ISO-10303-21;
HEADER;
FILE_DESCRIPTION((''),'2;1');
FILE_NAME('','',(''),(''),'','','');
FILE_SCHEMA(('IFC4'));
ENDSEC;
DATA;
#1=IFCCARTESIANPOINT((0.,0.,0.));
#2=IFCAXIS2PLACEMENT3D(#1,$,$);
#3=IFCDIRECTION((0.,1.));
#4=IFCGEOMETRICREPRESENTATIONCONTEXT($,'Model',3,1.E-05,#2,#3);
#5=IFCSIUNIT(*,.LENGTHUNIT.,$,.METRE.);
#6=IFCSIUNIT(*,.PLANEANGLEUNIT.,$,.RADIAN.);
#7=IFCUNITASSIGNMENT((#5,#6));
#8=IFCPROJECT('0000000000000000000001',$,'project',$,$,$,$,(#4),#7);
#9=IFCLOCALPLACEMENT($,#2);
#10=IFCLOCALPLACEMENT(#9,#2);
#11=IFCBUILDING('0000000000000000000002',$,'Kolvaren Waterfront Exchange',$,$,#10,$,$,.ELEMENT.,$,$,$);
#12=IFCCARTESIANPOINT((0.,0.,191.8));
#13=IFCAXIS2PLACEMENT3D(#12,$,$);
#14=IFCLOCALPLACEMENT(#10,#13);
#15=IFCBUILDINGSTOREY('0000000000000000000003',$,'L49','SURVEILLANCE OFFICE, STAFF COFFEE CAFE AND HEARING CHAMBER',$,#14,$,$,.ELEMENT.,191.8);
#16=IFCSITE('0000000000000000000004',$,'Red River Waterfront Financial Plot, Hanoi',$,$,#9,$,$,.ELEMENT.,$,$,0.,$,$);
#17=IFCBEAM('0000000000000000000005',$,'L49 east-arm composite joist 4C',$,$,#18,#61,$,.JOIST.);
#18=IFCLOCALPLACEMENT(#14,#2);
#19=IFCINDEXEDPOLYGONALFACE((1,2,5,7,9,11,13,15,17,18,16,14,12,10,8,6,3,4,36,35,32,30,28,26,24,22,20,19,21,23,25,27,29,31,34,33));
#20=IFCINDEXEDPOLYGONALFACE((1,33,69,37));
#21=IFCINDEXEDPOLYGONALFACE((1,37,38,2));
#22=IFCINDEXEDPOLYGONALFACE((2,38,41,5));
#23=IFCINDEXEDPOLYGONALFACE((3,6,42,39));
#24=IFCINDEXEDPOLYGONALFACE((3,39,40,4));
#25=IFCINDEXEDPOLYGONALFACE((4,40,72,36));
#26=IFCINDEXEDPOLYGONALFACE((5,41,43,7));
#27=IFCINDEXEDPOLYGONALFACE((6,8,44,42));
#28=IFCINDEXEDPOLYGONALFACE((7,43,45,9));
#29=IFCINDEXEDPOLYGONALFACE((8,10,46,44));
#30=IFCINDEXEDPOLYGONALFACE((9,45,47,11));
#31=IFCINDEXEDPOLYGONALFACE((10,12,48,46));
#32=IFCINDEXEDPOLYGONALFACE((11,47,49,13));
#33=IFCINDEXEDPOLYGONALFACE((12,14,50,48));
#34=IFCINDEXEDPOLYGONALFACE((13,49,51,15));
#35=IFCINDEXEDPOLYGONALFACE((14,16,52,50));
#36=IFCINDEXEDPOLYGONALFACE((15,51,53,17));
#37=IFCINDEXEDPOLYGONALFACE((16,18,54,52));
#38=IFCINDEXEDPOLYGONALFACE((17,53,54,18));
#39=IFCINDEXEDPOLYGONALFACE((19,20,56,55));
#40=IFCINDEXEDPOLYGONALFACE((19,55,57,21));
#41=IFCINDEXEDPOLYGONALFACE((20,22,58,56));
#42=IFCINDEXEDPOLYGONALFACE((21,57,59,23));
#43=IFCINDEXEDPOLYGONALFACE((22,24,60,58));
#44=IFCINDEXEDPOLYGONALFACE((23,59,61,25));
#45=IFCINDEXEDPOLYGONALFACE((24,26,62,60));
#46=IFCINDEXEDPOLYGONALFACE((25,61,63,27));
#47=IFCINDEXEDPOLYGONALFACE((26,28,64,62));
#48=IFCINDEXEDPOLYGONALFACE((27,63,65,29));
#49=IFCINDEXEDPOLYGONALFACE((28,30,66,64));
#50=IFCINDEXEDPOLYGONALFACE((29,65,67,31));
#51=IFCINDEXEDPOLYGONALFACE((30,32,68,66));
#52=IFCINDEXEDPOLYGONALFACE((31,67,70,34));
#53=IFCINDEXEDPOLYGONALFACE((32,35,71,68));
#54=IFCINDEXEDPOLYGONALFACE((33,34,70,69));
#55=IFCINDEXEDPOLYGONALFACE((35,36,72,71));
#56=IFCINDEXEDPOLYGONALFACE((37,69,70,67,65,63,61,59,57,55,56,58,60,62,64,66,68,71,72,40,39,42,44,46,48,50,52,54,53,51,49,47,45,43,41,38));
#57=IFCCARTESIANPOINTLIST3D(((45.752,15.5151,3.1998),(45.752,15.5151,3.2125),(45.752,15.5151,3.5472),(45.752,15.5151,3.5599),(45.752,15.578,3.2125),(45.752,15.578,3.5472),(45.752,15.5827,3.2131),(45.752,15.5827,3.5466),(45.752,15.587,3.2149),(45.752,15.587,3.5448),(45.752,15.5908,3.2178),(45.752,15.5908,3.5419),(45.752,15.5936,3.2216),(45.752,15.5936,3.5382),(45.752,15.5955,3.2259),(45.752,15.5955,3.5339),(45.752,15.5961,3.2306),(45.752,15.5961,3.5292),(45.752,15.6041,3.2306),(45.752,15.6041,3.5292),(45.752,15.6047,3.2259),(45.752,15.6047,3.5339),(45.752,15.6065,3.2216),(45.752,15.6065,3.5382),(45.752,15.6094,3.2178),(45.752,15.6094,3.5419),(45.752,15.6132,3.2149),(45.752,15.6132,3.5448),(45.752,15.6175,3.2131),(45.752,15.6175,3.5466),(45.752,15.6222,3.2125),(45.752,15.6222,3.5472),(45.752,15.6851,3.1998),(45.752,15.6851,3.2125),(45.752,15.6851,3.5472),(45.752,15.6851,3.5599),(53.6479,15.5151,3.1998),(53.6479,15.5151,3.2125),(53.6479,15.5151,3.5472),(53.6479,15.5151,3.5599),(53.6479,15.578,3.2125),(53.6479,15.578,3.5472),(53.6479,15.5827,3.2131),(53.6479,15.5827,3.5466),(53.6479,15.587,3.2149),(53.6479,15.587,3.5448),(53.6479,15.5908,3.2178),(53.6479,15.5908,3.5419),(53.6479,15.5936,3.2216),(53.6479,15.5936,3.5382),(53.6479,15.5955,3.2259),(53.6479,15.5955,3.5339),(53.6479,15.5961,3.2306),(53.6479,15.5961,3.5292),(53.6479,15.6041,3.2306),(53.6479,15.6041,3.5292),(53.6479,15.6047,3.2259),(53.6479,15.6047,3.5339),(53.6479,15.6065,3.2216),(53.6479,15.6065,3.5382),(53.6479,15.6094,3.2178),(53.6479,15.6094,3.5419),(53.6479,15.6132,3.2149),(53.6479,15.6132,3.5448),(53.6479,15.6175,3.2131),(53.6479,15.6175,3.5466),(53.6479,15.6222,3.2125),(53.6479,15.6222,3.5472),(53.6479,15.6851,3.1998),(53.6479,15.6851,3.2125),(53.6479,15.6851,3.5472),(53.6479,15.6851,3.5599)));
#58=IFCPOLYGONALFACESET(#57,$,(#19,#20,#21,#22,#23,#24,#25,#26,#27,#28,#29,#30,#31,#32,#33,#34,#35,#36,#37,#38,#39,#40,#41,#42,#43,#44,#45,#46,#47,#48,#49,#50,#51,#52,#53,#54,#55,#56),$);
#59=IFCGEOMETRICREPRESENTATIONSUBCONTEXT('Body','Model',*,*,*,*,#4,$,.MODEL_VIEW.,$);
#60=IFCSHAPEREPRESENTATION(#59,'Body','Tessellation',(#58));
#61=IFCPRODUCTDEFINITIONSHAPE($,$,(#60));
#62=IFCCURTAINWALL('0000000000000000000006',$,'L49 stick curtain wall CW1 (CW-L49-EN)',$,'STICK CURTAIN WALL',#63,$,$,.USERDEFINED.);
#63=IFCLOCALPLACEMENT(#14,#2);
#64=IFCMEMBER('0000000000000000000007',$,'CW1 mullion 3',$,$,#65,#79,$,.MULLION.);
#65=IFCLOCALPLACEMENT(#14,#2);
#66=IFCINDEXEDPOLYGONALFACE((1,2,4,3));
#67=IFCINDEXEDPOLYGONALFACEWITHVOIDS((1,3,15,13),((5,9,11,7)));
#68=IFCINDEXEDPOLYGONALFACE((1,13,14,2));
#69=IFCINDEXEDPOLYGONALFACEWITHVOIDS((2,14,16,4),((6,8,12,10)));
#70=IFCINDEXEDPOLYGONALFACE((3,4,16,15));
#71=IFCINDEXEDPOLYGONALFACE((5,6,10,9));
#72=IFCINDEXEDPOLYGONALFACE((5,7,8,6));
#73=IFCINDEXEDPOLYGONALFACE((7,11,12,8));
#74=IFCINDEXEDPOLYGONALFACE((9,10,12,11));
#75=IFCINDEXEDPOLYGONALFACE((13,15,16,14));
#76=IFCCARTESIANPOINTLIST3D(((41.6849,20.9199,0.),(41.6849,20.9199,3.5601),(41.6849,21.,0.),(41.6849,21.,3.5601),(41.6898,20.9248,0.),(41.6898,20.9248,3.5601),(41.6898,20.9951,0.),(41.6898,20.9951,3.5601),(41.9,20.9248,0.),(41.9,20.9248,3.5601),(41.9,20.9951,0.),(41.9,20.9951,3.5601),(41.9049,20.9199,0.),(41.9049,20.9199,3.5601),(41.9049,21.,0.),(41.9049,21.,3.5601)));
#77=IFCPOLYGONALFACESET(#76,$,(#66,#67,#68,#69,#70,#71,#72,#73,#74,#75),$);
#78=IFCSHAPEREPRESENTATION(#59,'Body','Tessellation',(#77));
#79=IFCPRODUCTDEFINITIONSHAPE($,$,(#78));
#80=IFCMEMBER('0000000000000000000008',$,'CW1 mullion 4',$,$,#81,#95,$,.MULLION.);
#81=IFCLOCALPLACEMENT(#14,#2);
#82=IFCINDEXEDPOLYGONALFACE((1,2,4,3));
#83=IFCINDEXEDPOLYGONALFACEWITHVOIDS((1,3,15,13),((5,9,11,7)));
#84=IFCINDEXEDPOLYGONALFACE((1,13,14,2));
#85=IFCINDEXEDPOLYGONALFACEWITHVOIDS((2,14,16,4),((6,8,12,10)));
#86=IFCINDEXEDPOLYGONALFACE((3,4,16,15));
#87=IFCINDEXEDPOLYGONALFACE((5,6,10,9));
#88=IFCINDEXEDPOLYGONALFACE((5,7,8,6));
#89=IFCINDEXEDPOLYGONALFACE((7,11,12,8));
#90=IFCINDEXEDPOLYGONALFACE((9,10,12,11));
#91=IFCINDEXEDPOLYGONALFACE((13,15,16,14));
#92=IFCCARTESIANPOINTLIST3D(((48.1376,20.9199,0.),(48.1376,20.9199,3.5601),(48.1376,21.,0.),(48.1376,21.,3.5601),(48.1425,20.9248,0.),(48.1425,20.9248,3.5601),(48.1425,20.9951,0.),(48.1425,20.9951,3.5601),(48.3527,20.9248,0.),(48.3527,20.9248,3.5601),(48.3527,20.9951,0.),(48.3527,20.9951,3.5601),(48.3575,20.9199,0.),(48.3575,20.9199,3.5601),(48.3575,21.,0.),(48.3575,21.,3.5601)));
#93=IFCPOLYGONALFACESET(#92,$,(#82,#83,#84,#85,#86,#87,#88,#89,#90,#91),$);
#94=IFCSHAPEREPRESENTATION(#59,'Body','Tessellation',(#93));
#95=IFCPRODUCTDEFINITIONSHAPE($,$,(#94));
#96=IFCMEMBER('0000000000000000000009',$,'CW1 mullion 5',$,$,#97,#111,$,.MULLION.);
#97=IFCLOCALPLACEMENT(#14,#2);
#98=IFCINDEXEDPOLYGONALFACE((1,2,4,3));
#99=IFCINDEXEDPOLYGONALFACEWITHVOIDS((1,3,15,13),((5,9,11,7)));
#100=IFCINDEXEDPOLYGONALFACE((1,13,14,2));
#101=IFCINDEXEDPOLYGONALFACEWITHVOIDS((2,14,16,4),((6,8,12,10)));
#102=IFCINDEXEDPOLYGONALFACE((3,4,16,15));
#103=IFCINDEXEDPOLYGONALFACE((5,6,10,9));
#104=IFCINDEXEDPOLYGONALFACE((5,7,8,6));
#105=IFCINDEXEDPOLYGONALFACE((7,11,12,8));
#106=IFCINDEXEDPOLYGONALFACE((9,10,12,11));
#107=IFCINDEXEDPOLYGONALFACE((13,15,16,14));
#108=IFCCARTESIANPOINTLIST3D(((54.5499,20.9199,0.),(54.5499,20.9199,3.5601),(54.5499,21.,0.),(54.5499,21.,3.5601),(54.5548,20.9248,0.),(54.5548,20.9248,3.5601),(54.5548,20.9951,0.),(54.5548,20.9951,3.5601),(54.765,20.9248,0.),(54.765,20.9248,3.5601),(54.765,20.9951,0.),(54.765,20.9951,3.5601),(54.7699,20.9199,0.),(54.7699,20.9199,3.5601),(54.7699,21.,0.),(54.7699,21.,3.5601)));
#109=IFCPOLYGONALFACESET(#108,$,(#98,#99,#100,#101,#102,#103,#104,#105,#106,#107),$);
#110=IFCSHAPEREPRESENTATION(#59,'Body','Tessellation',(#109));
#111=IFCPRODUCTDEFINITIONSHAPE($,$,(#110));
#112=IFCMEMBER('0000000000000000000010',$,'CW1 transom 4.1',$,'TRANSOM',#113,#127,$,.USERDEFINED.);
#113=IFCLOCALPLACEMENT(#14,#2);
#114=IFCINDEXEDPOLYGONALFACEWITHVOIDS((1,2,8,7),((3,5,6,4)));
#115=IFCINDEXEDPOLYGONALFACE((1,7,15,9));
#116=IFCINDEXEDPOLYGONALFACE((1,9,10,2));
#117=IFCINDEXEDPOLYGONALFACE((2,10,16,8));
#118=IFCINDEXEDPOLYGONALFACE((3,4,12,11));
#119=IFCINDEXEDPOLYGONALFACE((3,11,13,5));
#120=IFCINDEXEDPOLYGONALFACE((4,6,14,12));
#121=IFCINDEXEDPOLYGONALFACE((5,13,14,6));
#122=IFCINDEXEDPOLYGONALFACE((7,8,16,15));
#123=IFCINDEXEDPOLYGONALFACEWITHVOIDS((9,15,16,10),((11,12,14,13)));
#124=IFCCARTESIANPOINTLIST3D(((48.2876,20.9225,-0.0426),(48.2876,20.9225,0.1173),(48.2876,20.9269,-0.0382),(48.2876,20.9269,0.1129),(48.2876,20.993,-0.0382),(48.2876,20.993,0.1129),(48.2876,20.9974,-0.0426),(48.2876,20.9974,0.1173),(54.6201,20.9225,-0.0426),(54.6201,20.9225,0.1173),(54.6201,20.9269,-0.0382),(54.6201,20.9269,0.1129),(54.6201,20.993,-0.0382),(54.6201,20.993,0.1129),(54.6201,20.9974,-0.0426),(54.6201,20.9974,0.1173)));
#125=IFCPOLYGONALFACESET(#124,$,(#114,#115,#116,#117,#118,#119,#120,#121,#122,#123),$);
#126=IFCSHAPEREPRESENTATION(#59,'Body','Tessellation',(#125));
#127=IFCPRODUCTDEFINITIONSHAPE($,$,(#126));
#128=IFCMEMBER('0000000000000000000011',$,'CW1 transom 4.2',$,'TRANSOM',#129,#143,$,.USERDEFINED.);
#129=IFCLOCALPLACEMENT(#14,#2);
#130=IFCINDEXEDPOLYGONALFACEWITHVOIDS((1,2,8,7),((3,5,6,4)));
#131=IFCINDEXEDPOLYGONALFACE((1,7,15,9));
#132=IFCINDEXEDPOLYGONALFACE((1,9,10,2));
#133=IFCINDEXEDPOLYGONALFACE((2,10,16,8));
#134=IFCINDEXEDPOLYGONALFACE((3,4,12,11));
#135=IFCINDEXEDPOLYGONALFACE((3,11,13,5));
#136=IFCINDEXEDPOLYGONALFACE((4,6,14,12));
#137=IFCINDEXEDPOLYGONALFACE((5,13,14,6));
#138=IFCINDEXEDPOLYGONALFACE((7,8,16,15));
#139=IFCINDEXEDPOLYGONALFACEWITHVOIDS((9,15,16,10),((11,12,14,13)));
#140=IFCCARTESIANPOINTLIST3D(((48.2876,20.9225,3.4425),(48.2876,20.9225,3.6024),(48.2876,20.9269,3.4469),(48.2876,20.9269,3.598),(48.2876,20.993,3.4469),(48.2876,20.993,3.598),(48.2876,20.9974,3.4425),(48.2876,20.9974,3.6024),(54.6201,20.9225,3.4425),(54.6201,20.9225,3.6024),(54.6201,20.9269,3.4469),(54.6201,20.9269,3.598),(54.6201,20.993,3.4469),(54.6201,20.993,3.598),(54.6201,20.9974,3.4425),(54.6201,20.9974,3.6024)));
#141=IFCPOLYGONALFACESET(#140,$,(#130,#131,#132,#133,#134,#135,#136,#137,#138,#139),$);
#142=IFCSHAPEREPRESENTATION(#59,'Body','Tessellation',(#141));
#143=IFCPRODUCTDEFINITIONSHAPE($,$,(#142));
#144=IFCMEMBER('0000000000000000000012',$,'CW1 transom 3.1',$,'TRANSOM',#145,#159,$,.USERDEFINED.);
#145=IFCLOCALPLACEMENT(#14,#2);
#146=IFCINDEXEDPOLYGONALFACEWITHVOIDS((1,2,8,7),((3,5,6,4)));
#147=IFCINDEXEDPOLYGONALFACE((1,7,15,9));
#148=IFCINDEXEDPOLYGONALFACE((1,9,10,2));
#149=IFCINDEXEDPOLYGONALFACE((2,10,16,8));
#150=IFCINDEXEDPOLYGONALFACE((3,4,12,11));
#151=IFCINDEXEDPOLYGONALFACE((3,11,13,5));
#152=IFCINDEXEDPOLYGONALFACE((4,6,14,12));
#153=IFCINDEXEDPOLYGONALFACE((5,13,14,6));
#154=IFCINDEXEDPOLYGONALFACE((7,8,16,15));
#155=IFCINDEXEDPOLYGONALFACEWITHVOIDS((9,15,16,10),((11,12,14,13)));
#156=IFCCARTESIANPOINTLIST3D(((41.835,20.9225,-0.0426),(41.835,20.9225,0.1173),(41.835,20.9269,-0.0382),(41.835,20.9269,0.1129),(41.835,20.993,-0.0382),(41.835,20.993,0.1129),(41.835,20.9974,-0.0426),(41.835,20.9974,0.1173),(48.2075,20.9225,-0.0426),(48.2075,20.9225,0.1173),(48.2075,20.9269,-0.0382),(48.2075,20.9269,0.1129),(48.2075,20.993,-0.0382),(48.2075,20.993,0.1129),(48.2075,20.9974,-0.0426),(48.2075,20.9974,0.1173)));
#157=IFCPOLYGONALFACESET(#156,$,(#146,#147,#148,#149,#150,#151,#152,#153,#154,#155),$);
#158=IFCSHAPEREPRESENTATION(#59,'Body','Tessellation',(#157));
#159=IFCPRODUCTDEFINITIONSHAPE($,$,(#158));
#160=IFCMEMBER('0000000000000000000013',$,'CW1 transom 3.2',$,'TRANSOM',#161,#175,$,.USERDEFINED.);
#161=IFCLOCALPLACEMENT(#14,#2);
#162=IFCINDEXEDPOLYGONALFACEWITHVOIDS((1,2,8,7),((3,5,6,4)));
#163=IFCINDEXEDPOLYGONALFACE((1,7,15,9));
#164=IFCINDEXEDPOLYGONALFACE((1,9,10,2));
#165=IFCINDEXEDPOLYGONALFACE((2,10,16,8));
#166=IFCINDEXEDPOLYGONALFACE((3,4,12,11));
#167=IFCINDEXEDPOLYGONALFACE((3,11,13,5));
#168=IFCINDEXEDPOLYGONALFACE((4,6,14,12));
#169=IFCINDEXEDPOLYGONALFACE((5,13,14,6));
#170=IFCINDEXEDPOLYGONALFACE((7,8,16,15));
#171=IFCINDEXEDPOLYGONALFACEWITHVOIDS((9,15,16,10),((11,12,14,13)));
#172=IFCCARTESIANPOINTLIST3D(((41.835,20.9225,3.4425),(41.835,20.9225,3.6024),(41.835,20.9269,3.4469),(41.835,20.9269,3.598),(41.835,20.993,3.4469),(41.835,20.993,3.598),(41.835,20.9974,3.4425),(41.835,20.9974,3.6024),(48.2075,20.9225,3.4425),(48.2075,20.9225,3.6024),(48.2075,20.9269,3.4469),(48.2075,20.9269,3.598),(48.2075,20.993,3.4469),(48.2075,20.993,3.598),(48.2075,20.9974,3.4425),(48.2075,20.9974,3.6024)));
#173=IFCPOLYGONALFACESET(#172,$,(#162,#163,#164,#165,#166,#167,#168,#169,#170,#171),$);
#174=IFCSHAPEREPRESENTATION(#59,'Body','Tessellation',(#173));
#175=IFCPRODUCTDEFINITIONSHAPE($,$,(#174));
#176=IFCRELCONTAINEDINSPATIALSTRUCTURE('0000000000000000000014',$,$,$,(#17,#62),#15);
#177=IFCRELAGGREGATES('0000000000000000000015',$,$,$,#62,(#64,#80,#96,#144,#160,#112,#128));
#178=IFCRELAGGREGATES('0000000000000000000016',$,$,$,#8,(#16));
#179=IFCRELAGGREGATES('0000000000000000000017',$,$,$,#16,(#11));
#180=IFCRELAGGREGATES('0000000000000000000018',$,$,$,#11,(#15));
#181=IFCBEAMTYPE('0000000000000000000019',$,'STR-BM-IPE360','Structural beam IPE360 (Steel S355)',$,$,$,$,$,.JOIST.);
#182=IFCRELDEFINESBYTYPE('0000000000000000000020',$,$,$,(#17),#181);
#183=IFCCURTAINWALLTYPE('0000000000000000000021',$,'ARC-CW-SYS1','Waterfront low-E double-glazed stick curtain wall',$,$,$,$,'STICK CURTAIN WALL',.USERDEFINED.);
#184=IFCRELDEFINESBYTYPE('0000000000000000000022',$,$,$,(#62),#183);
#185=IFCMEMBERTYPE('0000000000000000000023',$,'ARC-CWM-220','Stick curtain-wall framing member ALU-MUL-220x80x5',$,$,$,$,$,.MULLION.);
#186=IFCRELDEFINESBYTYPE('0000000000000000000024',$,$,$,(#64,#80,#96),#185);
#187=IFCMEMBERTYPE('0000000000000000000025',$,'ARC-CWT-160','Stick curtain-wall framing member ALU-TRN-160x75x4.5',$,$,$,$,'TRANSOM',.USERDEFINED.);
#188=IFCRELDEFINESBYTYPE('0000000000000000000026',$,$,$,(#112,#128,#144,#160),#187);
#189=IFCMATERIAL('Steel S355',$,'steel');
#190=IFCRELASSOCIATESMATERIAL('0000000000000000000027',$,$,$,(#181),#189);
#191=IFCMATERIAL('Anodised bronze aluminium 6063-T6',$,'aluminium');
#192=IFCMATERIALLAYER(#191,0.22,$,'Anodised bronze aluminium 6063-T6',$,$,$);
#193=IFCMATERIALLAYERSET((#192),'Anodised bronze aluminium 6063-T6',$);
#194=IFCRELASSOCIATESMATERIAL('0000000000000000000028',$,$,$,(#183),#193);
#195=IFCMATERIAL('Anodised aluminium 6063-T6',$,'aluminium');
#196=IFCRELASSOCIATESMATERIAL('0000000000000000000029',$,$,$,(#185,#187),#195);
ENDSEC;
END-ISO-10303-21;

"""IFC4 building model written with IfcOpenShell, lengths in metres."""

from ifc_helpers import new_model, si_unit, direction, frame, origin, origin_with_axes, origin_2d, place, context, subcontext, project, spatial, hollow_rectangle, i_section, extrude, source, transform, mapped, material, layer, layer_set, material_profile, profile_set, type_object, element, aggregate, save


model = new_model("IFC4")

# Units and contexts
model_context = context("Model", 3, precision=1e-05, world=origin(), true_north=direction((0.0, 1.0)))
body_context = subcontext(model_context, "Body", "Model", "MODEL_VIEW")
ifc_project = project(units=[si_unit("LENGTHUNIT", "METRE"), si_unit("PLANEANGLEUNIT", "RADIAN")], contexts=[model_context])

# Site, building, storey
site_placement = place(None, origin())
site = spatial("IfcSite", under=ifc_project, at=site_placement, Name="Red River Waterfront Financial Plot, Hanoi", CompositionType="ELEMENT", RefElevation=0.0)
building_placement = place(site_placement, origin())
building = spatial("IfcBuilding", under=site, at=building_placement, Name="Kolvaren Waterfront Exchange", CompositionType="ELEMENT")
storey_placement = place(building_placement, frame((0.0, 0.0, 191.8)))
storey = spatial("IfcBuildingStorey", under=building, at=storey_placement, Name="L49", Description="SURVEILLANCE OFFICE, STAFF COFFEE CAFE AND HEARING CHAMBER", CompositionType="ELEMENT", Elevation=191.8)

# Beam
ifc_material_1 = material(Name="Steel S355", Category="steel")
ifc_material_profile_1 = material_profile(ifc_material_1, i_section(OverallWidth=0.1699, OverallDepth=0.3601, WebThickness=0.0081, FlangeThickness=0.0127, FilletRadius=0.0181, at=origin_2d()), Name="IPE360")
ifc_profile_set_1 = profile_set([ifc_material_profile_1], Name="Steel S355")
beam_type_1 = type_object("IfcBeamType", Name="STR-BM-IPE360", Description="Structural beam IPE360 (Steel S355)", PredefinedType="JOIST", material=ifc_profile_set_1)
for number, where, z_axis, x_axis, name in (
    (1, (45.752, 15.6001, 3.3799), (1.0, 0.0, 0.0), (0.0, 1.0, 0.0), "L49 east-arm composite joist 4C"),
):
    element("IfcBeam", number, at=place(storey_placement, frame(where, z_axis=z_axis, x_axis=x_axis)), inside=storey, type_object=beam_type_1, Name=name, PredefinedType="JOIST", context=body_context, shape_type="SweptSolid", body=[
        extrude(i_section(OverallWidth=0.1699, OverallDepth=0.3601, WebThickness=0.0081, FlangeThickness=0.0127, FilletRadius=0.0181, at=origin_2d()), origin(), (0.0, 0.0, 1.0), 7.896),
    ])

# Curtain wall, members
ifc_material_2 = material(Name="Anodised bronze aluminium 6063-T6", Category="aluminium")
ifc_layer_1 = layer(ifc_material_2, 0.22, Name="Anodised bronze aluminium 6063-T6")
ifc_layer_set_1 = layer_set([ifc_layer_1], Name="Anodised bronze aluminium 6063-T6")
curtain_wall_type = type_object("IfcCurtainWallType", Name="ARC-CW-SYS1", Description="Waterfront low-E double-glazed stick curtain wall", ElementType="STICK CURTAIN WALL", PredefinedType="USERDEFINED", material=ifc_layer_set_1)
curtain_wall_placement = place(storey_placement, origin())
curtain_wall = element("IfcCurtainWall", 2, at=curtain_wall_placement, inside=storey, type_object=curtain_wall_type, Name="L49 stick curtain wall CW1 (CW-L49-EN)", ObjectType="STICK CURTAIN WALL", PredefinedType="USERDEFINED")
ifc_material_3 = material(Name="Anodised aluminium 6063-T6", Category="aluminium")
ifc_material_profile_2 = material_profile(ifc_material_3, hollow_rectangle(XDim=0.0801, YDim=0.22, WallThickness=0.0049, at=origin_2d()), Name="ALU-MUL-220x80x5")
ifc_profile_set_2 = profile_set([ifc_material_profile_2], Name="Anodised aluminium 6063-T6")
member_type_1 = type_object("IfcMemberType", Name="ARC-CWM-220", Description="Stick curtain-wall framing member ALU-MUL-220x80x5", PredefinedType="MULLION", material=ifc_profile_set_2)
shared_shape_1 = source(origin_with_axes(), body_context, "Body", "SweptSolid", [
    extrude(hollow_rectangle(XDim=0.0801, YDim=0.22, WallThickness=0.0049, at=origin_2d()), origin(), (0.0, 0.0, 1.0), 3.5601),
])
member_1_placement = place(storey_placement, frame((41.7949, 20.96, 0.0), z_axis=(0.0, 0.0, 1.0), x_axis=(0.0, 1.0, 0.0)))
member_1 = element("IfcMember", 3, at=member_1_placement, type_object=member_type_1, Name="CW1 mullion 3", PredefinedType="MULLION", context=body_context, shape_type="MappedRepresentation", body=[
    mapped(shared_shape_1, transform((0.0, 0.0, 0.0), x_axis=(1.0, 0.0, 0.0), y_axis=(0.0, 1.0, 0.0), z_axis=(0.0, 0.0, 1.0), scale=1.0)),
])
member_2_placement = place(storey_placement, frame((48.2476, 20.96, 0.0), z_axis=(0.0, 0.0, 1.0), x_axis=(0.0, 1.0, 0.0)))
member_2 = element("IfcMember", 4, at=member_2_placement, type_object=member_type_1, Name="CW1 mullion 4", PredefinedType="MULLION", context=body_context, shape_type="MappedRepresentation", body=[
    mapped(shared_shape_1, transform((0.0, 0.0, 0.0), x_axis=(1.0, 0.0, 0.0), y_axis=(0.0, 1.0, 0.0), z_axis=(0.0, 0.0, 1.0), scale=1.0)),
])
member_3_placement = place(storey_placement, frame((54.6599, 20.96, 0.0), z_axis=(0.0, 0.0, 1.0), x_axis=(0.0, 1.0, 0.0)))
member_3 = element("IfcMember", 5, at=member_3_placement, type_object=member_type_1, Name="CW1 mullion 5", PredefinedType="MULLION", context=body_context, shape_type="MappedRepresentation", body=[
    mapped(shared_shape_1, transform((0.0, 0.0, 0.0), x_axis=(1.0, 0.0, 0.0), y_axis=(0.0, 1.0, 0.0), z_axis=(0.0, 0.0, 1.0), scale=1.0)),
])
ifc_material_profile_3 = material_profile(ifc_material_3, hollow_rectangle(XDim=0.075, YDim=0.1599, WallThickness=0.0044, at=origin_2d()), Name="ALU-TRN-160x75x4.5")
ifc_profile_set_3 = profile_set([ifc_material_profile_3], Name="Anodised aluminium 6063-T6")
member_type_2 = type_object("IfcMemberType", Name="ARC-CWT-160", Description="Stick curtain-wall framing member ALU-TRN-160x75x4.5", ElementType="TRANSOM", PredefinedType="USERDEFINED", material=ifc_profile_set_3)
shared_shape_2 = source(origin_with_axes(), body_context, "Body", "SweptSolid", [
    extrude(hollow_rectangle(XDim=0.075, YDim=0.1599, WallThickness=0.0044, at=origin_2d()), origin(), (0.0, 0.0, 1.0), 6.3325),
])
member_4_placement = place(storey_placement, frame((48.2876, 20.96, 0.0374), z_axis=(1.0, 0.0, 0.0), x_axis=(0.0, 1.0, 0.0)))
member_4 = element("IfcMember", 6, at=member_4_placement, type_object=member_type_2, Name="CW1 transom 4.1", ObjectType="TRANSOM", PredefinedType="USERDEFINED", context=body_context, shape_type="MappedRepresentation", body=[
    mapped(shared_shape_2, transform((0.0, 0.0, 0.0), x_axis=(1.0, 0.0, 0.0), y_axis=(0.0, 1.0, 0.0), z_axis=(0.0, 0.0, 1.0), scale=1.0)),
])
member_5_placement = place(storey_placement, frame((48.2876, 20.96, 3.5225), z_axis=(1.0, 0.0, 0.0), x_axis=(0.0, 1.0, 0.0)))
member_5 = element("IfcMember", 7, at=member_5_placement, type_object=member_type_2, Name="CW1 transom 4.2", ObjectType="TRANSOM", PredefinedType="USERDEFINED", context=body_context, shape_type="MappedRepresentation", body=[
    mapped(shared_shape_2, transform((0.0, 0.0, 0.0), x_axis=(1.0, 0.0, 0.0), y_axis=(0.0, 1.0, 0.0), z_axis=(0.0, 0.0, 1.0), scale=1.0)),
])
shared_shape_3 = source(origin_with_axes(), body_context, "Body", "SweptSolid", [
    extrude(hollow_rectangle(XDim=0.075, YDim=0.1599, WallThickness=0.0044, at=origin_2d()), origin(), (0.0, 0.0, 1.0), 6.3726),
])
member_6_placement = place(storey_placement, frame((41.835, 20.96, 0.0374), z_axis=(1.0, 0.0, 0.0), x_axis=(0.0, 1.0, 0.0)))
member_6 = element("IfcMember", 8, at=member_6_placement, type_object=member_type_2, Name="CW1 transom 3.1", ObjectType="TRANSOM", PredefinedType="USERDEFINED", context=body_context, shape_type="MappedRepresentation", body=[
    mapped(shared_shape_3, transform((0.0, 0.0, 0.0), x_axis=(1.0, 0.0, 0.0), y_axis=(0.0, 1.0, 0.0), z_axis=(0.0, 0.0, 1.0), scale=1.0)),
])
member_7_placement = place(storey_placement, frame((41.835, 20.96, 3.5225), z_axis=(1.0, 0.0, 0.0), x_axis=(0.0, 1.0, 0.0)))
member_7 = element("IfcMember", 9, at=member_7_placement, type_object=member_type_2, Name="CW1 transom 3.2", ObjectType="TRANSOM", PredefinedType="USERDEFINED", context=body_context, shape_type="MappedRepresentation", body=[
    mapped(shared_shape_3, transform((0.0, 0.0, 0.0), x_axis=(1.0, 0.0, 0.0), y_axis=(0.0, 1.0, 0.0), z_axis=(0.0, 0.0, 1.0), scale=1.0)),
])
aggregate(curtain_wall, [member_1, member_2, member_3, member_6, member_7, member_4, member_5])

save(model, "model.ifc")
